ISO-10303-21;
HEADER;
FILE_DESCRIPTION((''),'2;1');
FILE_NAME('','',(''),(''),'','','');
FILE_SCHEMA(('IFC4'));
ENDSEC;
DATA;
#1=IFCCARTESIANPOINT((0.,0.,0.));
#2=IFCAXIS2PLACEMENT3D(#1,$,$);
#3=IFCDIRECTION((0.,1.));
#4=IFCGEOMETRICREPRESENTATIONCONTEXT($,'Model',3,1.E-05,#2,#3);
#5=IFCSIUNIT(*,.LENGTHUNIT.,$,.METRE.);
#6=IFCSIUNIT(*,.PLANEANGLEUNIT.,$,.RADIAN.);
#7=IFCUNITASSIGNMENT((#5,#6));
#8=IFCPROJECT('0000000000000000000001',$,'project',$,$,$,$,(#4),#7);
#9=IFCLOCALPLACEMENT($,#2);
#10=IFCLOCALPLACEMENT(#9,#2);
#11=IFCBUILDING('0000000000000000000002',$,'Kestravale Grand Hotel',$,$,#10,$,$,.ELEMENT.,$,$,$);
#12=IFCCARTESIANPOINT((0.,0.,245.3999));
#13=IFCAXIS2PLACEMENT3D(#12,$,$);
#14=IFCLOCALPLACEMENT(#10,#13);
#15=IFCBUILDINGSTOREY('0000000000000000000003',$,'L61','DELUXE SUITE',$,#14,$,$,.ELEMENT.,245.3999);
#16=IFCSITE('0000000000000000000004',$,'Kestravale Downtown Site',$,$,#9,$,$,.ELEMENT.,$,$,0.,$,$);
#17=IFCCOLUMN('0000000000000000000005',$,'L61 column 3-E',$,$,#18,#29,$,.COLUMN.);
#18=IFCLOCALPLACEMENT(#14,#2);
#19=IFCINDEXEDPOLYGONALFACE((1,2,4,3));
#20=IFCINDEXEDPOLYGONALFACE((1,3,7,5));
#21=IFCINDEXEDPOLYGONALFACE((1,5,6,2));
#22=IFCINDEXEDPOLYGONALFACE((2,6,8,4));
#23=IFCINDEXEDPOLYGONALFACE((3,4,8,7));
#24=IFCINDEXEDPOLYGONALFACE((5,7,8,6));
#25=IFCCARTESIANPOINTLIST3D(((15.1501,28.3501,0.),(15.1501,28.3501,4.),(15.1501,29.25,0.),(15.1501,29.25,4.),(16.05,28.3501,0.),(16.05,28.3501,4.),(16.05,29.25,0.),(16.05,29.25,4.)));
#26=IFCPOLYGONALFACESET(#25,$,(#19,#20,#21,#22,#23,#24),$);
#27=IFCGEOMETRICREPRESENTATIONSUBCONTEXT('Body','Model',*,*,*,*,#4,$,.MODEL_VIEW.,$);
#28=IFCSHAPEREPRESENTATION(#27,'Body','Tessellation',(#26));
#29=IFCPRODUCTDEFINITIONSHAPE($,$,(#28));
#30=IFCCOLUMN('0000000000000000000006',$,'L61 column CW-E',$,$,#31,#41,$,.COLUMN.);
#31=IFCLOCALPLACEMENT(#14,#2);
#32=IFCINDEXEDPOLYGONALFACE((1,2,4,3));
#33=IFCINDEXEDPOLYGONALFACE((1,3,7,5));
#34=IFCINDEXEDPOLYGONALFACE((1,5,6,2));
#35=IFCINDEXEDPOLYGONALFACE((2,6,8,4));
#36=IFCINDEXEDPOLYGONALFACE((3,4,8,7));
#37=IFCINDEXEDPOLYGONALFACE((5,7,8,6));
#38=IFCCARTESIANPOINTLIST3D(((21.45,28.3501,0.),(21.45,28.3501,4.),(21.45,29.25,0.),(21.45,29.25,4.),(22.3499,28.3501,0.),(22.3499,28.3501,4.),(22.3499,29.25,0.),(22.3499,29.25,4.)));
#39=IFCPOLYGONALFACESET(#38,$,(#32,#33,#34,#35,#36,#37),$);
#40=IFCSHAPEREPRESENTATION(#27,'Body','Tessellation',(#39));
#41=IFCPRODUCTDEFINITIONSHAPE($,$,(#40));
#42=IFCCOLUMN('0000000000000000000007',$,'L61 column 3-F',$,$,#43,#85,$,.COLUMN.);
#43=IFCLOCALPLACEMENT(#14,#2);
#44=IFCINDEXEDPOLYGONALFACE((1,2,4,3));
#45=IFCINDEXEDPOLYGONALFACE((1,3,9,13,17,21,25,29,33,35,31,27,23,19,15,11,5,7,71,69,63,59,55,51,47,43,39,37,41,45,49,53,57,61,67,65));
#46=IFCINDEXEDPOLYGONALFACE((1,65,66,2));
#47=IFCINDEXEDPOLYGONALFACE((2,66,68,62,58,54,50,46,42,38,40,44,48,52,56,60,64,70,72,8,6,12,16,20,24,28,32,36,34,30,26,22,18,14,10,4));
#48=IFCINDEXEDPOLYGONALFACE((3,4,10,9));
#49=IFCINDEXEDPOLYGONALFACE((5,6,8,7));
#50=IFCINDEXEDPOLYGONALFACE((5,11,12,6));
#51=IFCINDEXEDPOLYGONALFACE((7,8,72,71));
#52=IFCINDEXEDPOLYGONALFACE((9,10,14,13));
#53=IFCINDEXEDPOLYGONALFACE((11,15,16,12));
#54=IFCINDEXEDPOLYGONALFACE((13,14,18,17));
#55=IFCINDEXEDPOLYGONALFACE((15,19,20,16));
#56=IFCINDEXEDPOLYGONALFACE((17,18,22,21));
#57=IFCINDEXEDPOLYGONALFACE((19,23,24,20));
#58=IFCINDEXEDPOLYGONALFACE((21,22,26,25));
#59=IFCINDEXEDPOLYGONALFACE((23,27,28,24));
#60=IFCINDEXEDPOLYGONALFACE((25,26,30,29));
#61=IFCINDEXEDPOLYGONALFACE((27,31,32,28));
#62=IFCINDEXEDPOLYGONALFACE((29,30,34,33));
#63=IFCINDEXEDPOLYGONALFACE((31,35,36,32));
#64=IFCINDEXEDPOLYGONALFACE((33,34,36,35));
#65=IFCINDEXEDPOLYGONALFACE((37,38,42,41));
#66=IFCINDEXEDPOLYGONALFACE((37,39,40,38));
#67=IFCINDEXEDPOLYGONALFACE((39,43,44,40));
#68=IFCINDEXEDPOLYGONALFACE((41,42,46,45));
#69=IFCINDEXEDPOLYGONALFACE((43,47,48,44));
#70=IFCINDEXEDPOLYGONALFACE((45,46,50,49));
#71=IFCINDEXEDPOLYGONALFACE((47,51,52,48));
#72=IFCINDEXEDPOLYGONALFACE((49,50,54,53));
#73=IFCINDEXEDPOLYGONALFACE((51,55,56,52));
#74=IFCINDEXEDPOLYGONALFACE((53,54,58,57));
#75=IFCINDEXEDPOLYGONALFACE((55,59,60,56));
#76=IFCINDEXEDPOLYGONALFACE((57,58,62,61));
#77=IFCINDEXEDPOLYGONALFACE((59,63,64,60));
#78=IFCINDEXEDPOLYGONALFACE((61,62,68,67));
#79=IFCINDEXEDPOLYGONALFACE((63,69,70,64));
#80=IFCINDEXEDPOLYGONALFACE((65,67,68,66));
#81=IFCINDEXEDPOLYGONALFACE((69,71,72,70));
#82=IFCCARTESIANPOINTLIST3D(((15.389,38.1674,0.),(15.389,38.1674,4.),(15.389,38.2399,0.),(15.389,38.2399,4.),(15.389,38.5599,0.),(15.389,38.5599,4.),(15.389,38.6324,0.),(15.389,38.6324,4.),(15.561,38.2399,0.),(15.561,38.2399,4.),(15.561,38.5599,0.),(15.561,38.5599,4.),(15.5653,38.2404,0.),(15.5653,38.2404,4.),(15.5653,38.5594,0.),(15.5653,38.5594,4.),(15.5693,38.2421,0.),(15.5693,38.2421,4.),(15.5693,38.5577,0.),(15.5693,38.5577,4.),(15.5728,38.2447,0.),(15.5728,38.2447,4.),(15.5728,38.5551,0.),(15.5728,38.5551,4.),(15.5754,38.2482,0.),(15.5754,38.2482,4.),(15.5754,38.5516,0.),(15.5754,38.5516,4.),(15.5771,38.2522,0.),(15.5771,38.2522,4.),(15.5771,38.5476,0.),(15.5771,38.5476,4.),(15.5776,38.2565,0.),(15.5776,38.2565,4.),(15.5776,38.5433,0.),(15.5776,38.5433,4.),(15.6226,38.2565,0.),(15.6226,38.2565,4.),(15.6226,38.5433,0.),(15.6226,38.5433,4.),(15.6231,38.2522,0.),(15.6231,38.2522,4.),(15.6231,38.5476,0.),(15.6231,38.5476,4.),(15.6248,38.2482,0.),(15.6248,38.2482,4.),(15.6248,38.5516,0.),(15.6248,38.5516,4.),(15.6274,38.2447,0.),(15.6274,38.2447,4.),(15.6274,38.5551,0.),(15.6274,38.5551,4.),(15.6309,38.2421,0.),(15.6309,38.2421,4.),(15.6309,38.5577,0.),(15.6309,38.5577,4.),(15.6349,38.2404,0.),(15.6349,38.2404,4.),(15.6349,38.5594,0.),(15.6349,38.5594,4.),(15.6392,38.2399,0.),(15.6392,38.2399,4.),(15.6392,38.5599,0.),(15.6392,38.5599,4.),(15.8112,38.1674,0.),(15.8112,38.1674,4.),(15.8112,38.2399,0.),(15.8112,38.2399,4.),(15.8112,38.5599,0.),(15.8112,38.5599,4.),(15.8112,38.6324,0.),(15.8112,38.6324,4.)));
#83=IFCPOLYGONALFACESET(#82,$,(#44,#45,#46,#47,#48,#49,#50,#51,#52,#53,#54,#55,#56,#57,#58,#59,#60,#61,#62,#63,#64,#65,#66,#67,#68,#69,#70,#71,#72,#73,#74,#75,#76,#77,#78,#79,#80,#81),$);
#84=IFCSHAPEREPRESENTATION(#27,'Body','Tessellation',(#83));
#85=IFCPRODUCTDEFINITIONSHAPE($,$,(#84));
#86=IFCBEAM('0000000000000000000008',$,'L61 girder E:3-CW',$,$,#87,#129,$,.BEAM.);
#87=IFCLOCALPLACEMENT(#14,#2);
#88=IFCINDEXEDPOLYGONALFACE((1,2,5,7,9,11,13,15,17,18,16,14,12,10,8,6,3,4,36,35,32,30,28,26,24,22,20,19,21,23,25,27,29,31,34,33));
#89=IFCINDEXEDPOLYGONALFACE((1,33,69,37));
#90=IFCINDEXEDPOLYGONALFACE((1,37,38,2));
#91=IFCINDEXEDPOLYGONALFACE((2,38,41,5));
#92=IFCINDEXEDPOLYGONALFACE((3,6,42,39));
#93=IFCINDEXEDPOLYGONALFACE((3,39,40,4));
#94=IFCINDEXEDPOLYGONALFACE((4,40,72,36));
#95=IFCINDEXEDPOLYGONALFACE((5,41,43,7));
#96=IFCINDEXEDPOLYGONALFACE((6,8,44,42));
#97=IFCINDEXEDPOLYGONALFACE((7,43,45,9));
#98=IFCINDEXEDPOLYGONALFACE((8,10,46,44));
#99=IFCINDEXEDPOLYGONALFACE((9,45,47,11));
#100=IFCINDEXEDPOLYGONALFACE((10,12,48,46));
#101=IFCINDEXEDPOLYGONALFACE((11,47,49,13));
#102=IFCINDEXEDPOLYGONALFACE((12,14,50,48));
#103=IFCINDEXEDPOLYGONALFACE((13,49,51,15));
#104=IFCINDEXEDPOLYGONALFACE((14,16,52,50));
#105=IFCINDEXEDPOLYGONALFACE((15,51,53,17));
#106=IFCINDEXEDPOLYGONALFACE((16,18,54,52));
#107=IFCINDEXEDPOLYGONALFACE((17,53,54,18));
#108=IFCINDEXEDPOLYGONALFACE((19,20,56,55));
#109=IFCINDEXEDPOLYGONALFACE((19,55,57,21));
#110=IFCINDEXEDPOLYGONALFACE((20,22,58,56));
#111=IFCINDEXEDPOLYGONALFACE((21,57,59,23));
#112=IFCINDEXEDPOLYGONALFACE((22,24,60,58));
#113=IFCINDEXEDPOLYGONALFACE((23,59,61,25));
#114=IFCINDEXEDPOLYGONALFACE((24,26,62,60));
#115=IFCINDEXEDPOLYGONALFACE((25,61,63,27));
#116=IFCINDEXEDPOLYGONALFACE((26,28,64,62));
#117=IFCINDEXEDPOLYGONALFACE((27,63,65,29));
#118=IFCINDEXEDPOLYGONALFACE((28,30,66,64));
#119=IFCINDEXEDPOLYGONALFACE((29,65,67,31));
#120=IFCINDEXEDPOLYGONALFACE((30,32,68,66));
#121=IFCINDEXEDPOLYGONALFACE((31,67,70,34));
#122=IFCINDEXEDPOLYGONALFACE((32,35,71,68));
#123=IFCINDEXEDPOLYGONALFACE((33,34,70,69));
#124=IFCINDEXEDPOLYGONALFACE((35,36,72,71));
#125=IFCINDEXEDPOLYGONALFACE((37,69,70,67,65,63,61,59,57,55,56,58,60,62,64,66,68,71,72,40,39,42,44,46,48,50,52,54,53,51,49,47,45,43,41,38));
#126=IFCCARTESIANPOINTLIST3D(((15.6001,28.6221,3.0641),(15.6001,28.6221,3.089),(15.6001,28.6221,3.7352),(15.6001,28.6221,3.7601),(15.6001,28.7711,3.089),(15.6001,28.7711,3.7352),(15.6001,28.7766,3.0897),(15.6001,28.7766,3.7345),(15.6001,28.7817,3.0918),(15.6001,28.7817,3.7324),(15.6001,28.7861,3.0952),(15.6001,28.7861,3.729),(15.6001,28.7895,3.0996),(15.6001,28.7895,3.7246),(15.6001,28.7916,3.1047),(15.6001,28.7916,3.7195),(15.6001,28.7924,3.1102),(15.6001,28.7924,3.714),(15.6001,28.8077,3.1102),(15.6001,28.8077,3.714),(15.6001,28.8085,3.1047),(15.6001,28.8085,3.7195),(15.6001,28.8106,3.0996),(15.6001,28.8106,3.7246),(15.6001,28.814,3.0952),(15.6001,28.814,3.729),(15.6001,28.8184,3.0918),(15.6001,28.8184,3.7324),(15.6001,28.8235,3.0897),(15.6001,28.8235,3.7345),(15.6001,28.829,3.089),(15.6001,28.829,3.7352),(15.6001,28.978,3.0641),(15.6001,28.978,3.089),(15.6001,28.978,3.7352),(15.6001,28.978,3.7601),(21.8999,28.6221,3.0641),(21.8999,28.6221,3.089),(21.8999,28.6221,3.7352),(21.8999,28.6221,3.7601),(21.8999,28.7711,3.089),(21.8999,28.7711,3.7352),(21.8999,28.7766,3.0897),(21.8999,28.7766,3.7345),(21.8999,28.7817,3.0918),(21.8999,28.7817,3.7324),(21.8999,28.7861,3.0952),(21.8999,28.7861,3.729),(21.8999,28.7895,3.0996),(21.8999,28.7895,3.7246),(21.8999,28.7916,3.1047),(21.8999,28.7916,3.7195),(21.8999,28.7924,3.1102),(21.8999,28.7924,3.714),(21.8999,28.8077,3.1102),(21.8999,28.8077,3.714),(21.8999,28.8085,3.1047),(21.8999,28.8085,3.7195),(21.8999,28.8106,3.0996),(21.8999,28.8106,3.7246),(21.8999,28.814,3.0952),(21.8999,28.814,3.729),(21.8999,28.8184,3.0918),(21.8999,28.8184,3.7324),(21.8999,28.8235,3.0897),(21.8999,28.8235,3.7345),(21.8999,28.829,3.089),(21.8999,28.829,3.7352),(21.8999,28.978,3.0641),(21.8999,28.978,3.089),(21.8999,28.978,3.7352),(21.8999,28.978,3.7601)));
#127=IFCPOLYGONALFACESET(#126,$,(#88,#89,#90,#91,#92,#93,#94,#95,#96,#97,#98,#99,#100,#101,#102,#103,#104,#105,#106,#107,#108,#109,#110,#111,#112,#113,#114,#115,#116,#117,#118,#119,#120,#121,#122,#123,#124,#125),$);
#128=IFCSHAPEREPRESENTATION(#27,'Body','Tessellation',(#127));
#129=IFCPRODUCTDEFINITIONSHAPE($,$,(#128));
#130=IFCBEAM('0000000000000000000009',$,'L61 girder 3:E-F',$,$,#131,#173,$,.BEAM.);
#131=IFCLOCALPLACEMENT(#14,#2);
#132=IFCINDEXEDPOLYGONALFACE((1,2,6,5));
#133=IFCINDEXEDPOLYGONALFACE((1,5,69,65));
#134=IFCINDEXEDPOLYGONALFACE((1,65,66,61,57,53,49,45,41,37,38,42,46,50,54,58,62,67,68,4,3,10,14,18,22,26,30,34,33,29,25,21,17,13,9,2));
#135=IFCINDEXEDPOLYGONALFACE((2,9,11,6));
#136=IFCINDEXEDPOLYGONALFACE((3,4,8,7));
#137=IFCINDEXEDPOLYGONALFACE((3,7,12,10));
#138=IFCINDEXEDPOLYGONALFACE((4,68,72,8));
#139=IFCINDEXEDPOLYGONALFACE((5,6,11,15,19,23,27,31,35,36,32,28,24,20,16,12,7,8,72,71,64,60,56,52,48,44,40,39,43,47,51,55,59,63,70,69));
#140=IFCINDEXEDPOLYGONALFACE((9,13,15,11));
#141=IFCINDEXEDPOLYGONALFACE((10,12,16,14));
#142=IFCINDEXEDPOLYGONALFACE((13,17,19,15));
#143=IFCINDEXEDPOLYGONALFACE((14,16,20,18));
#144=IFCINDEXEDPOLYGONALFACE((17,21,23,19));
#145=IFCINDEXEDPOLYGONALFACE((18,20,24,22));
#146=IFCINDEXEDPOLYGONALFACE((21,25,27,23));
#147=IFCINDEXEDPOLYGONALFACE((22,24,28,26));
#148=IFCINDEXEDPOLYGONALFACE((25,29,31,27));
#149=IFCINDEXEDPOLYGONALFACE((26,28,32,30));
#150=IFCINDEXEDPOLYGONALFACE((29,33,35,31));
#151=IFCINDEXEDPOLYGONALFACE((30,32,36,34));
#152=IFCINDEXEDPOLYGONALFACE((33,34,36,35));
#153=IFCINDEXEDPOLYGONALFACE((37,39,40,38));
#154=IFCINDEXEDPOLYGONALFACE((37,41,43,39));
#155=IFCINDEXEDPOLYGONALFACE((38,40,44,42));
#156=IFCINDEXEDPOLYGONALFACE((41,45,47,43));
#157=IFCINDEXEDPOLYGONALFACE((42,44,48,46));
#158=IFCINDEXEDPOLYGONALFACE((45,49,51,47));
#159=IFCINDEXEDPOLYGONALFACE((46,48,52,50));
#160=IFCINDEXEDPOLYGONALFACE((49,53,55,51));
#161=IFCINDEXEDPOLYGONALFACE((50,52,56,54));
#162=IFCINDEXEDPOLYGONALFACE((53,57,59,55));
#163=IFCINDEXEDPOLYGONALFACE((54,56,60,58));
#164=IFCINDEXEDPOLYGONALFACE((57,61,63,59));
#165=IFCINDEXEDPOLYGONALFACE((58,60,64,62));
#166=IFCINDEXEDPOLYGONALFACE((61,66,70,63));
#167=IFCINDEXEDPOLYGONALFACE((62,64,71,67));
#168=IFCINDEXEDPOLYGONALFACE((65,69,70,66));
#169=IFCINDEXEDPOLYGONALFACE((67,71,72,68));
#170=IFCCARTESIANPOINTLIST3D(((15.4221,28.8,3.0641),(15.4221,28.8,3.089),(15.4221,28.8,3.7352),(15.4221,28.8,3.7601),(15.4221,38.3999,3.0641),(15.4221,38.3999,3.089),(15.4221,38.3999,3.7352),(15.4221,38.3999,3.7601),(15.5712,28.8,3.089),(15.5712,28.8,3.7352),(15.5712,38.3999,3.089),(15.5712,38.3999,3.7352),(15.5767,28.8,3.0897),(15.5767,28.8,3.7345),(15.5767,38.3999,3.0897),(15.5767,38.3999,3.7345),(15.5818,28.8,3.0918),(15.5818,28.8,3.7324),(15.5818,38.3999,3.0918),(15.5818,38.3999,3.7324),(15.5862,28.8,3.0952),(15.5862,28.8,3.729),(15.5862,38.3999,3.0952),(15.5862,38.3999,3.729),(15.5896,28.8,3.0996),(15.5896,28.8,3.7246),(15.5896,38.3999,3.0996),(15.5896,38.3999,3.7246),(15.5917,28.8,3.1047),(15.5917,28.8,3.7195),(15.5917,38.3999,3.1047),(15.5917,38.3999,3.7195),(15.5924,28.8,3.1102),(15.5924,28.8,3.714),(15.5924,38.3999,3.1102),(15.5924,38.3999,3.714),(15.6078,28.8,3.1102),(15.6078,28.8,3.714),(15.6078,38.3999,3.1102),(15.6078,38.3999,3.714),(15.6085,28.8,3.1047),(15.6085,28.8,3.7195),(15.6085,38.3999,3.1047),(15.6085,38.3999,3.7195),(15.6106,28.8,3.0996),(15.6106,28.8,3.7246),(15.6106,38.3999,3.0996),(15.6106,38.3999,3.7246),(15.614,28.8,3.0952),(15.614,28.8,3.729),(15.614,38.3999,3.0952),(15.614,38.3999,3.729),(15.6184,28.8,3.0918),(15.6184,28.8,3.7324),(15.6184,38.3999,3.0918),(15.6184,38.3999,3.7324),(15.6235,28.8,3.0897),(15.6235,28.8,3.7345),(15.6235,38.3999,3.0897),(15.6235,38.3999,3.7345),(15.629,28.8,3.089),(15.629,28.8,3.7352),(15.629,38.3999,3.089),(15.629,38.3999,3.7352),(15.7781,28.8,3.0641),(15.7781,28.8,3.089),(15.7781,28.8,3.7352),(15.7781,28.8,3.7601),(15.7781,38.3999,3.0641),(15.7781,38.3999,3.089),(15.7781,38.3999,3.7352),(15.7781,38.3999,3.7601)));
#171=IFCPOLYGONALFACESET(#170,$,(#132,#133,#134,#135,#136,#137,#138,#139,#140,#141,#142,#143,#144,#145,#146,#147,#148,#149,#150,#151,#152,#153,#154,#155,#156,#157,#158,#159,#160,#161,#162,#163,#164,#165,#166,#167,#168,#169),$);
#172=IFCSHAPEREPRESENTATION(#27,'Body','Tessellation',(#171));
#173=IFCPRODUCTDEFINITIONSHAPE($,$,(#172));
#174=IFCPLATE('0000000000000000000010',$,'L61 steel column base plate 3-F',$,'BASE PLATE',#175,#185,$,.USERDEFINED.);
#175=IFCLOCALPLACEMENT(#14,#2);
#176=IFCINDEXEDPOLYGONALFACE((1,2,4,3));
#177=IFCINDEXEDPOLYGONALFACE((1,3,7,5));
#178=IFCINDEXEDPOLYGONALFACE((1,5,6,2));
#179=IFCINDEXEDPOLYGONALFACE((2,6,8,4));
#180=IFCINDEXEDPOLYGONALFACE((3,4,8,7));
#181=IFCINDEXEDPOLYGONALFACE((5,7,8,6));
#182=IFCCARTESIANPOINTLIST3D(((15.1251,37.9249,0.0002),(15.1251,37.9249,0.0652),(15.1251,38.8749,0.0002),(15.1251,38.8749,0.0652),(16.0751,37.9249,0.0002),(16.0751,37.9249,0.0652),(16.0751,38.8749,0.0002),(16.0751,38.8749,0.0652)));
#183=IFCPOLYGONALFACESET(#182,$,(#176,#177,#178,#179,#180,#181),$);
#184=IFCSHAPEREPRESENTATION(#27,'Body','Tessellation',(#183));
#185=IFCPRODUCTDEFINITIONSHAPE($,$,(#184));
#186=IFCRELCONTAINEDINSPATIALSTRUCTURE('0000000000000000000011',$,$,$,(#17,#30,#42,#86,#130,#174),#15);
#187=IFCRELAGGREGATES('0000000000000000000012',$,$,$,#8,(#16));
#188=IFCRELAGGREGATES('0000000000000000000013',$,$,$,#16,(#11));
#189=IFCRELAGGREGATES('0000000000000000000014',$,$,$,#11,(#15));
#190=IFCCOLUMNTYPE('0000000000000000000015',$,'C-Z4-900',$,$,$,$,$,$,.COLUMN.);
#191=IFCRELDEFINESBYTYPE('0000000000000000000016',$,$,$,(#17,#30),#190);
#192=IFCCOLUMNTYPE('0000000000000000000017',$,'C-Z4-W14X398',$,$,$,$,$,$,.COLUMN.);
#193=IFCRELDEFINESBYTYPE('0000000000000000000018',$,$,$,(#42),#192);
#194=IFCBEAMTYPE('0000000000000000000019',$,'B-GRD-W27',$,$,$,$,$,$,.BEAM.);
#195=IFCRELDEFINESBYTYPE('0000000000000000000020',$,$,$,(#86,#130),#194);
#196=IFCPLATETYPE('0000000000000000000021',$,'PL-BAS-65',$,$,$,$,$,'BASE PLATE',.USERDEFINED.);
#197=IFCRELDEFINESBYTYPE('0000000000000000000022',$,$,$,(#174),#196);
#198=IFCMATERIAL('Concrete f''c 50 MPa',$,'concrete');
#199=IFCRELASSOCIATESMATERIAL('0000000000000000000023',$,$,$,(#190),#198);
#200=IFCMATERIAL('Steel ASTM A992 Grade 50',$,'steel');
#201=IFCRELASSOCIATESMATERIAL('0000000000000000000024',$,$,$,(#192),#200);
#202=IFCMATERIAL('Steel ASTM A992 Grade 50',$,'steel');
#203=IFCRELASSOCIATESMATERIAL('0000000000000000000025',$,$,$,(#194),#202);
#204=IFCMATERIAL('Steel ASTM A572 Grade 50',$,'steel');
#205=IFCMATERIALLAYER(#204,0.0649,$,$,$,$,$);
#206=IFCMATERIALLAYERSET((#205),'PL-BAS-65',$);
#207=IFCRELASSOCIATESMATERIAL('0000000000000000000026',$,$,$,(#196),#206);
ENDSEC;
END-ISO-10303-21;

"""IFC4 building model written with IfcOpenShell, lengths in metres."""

from ifc_helpers import new_model, si_unit, direction, frame, origin, origin_2d, place, context, subcontext, project, spatial, rectangle, i_section, extrude, material, layer, layer_set, material_profile, profile_set, type_object, element, save


model = new_model("IFC4")

# Units and contexts
model_context = context("Model", 3, precision=1e-05, world=origin(), true_north=direction((0.0, 1.0)))
body_context = subcontext(model_context, "Body", "Model", "MODEL_VIEW")
ifc_project = project(units=[si_unit("LENGTHUNIT", "METRE"), si_unit("PLANEANGLEUNIT", "RADIAN")], contexts=[model_context])

# Site, building, storey
site_placement = place(None, origin())
site = spatial("IfcSite", under=ifc_project, at=site_placement, Name="Kestravale Downtown Site", CompositionType="ELEMENT", RefElevation=0.0)
building_placement = place(site_placement, origin())
building = spatial("IfcBuilding", under=site, at=building_placement, Name="Kestravale Grand Hotel", CompositionType="ELEMENT")
storey_placement = place(building_placement, frame((0.0, 0.0, 245.3999)))
storey = spatial("IfcBuildingStorey", under=building, at=storey_placement, Name="L61", Description="DELUXE SUITE", CompositionType="ELEMENT", Elevation=245.3999)

# Columns
ifc_material_1 = material(Name="Concrete f'c 50 MPa", Category="concrete")
ifc_material_profile_1 = material_profile(ifc_material_1, rectangle(XDim=0.8999, YDim=0.8999, at=origin_2d()))
ifc_profile_set_1 = profile_set([ifc_material_profile_1], Name="Concrete f'c 50 MPa")
column_type_1 = type_object("IfcColumnType", Name="C-Z4-900", PredefinedType="COLUMN", material=ifc_profile_set_1)
for number, where, z_axis, x_axis, name in (
    (1, (15.6001, 28.8, 0.0), (0.0, 0.0, 1.0), (1.0, 0.0, 0.0), "L61 column 3-E"),
    (2, (21.8999, 28.8, 0.0), (0.0, 0.0, 1.0), (1.0, 0.0, 0.0), "L61 column CW-E"),
):
    element("IfcColumn", number, at=place(storey_placement, frame(where, z_axis=z_axis, x_axis=x_axis)), inside=storey, type_object=column_type_1, Name=name, PredefinedType="COLUMN", context=body_context, shape_type="SweptSolid", body=[
        extrude(rectangle(XDim=0.8999, YDim=0.8999, at=origin_2d()), origin(), (0.0, 0.0, 1.0), 4.0),
    ])
ifc_material_2 = material(Name="Steel ASTM A992 Grade 50", Category="steel")
ifc_material_profile_2 = material_profile(ifc_material_2, i_section(OverallWidth=0.4221, OverallDepth=0.4651, WebThickness=0.0449, FlangeThickness=0.0725, FilletRadius=0.0166, at=origin_2d()))
ifc_profile_set_2 = profile_set([ifc_material_profile_2], Name="Steel ASTM A992 Grade 50")
column_type_2 = type_object("IfcColumnType", Name="C-Z4-W14X398", PredefinedType="COLUMN", material=ifc_profile_set_2)
column_placement = place(storey_placement, frame((15.6001, 38.3999, 0.0), z_axis=(0.0, 0.0, 1.0), x_axis=(1.0, 0.0, 0.0)))
element("IfcColumn", 3, at=column_placement, inside=storey, type_object=column_type_2, Name="L61 column 3-F", PredefinedType="COLUMN", context=body_context, shape_type="SweptSolid", body=[
    extrude(i_section(OverallWidth=0.4221, OverallDepth=0.4651, WebThickness=0.0449, FlangeThickness=0.0725, FilletRadius=0.0166, at=origin_2d()), origin(), (0.0, 0.0, 1.0), 4.0),
])

# Beams
ifc_material_3 = material(Name="Steel ASTM A992 Grade 50", Category="steel")
ifc_material_profile_3 = material_profile(ifc_material_3, i_section(OverallWidth=0.356, OverallDepth=0.696, WebThickness=0.0154, FlangeThickness=0.0249, FilletRadius=0.0212, at=origin_2d()))
ifc_profile_set_3 = profile_set([ifc_material_profile_3], Name="Steel ASTM A992 Grade 50")
beam_type = type_object("IfcBeamType", Name="B-GRD-W27", PredefinedType="BEAM", material=ifc_profile_set_3)
beam_1_placement = place(storey_placement, frame((15.6001, 28.8, 3.4121), z_axis=(1.0, 0.0, 0.0), x_axis=(0.0, 1.0, 0.0)))
element("IfcBeam", 4, at=beam_1_placement, inside=storey, type_object=beam_type, Name="L61 girder E:3-CW", PredefinedType="BEAM", context=body_context, shape_type="SweptSolid", body=[
    extrude(i_section(OverallWidth=0.356, OverallDepth=0.696, WebThickness=0.0154, FlangeThickness=0.0249, FilletRadius=0.0212, at=origin_2d()), origin(), (0.0, 0.0, 1.0), 6.2998),
])
beam_2_placement = place(storey_placement, frame((15.6001, 28.8, 3.4121), z_axis=(0.0, 1.0, 0.0), x_axis=(-1.0, 0.0, 0.0)))
element("IfcBeam", 5, at=beam_2_placement, inside=storey, type_object=beam_type, Name="L61 girder 3:E-F", PredefinedType="BEAM", context=body_context, shape_type="SweptSolid", body=[
    extrude(i_section(OverallWidth=0.356, OverallDepth=0.696, WebThickness=0.0154, FlangeThickness=0.0249, FilletRadius=0.0212, at=origin_2d()), origin(), (0.0, 0.0, 1.0), 9.5999),
])

# Plate
ifc_material_4 = material(Name="Steel ASTM A572 Grade 50", Category="steel")
ifc_layer_1 = layer(ifc_material_4, 0.0649)
ifc_layer_set_1 = layer_set([ifc_layer_1], Name="PL-BAS-65")
plate_type = type_object("IfcPlateType", Name="PL-BAS-65", ElementType="BASE PLATE", PredefinedType="USERDEFINED", material=ifc_layer_set_1)
plate_placement = place(storey_placement, frame((15.6001, 38.3999, 0.0002), z_axis=(0.0, 0.0, 1.0), x_axis=(1.0, 0.0, 0.0)))
element("IfcPlate", 6, at=plate_placement, inside=storey, type_object=plate_type, Name="L61 steel column base plate 3-F", ObjectType="BASE PLATE", PredefinedType="USERDEFINED", context=body_context, shape_type="SweptSolid", body=[
    extrude(rectangle(XDim=0.95, YDim=0.95, at=origin_2d()), origin(), (0.0, 0.0, 1.0), 0.0649),
])

save(model, "model.ifc")
